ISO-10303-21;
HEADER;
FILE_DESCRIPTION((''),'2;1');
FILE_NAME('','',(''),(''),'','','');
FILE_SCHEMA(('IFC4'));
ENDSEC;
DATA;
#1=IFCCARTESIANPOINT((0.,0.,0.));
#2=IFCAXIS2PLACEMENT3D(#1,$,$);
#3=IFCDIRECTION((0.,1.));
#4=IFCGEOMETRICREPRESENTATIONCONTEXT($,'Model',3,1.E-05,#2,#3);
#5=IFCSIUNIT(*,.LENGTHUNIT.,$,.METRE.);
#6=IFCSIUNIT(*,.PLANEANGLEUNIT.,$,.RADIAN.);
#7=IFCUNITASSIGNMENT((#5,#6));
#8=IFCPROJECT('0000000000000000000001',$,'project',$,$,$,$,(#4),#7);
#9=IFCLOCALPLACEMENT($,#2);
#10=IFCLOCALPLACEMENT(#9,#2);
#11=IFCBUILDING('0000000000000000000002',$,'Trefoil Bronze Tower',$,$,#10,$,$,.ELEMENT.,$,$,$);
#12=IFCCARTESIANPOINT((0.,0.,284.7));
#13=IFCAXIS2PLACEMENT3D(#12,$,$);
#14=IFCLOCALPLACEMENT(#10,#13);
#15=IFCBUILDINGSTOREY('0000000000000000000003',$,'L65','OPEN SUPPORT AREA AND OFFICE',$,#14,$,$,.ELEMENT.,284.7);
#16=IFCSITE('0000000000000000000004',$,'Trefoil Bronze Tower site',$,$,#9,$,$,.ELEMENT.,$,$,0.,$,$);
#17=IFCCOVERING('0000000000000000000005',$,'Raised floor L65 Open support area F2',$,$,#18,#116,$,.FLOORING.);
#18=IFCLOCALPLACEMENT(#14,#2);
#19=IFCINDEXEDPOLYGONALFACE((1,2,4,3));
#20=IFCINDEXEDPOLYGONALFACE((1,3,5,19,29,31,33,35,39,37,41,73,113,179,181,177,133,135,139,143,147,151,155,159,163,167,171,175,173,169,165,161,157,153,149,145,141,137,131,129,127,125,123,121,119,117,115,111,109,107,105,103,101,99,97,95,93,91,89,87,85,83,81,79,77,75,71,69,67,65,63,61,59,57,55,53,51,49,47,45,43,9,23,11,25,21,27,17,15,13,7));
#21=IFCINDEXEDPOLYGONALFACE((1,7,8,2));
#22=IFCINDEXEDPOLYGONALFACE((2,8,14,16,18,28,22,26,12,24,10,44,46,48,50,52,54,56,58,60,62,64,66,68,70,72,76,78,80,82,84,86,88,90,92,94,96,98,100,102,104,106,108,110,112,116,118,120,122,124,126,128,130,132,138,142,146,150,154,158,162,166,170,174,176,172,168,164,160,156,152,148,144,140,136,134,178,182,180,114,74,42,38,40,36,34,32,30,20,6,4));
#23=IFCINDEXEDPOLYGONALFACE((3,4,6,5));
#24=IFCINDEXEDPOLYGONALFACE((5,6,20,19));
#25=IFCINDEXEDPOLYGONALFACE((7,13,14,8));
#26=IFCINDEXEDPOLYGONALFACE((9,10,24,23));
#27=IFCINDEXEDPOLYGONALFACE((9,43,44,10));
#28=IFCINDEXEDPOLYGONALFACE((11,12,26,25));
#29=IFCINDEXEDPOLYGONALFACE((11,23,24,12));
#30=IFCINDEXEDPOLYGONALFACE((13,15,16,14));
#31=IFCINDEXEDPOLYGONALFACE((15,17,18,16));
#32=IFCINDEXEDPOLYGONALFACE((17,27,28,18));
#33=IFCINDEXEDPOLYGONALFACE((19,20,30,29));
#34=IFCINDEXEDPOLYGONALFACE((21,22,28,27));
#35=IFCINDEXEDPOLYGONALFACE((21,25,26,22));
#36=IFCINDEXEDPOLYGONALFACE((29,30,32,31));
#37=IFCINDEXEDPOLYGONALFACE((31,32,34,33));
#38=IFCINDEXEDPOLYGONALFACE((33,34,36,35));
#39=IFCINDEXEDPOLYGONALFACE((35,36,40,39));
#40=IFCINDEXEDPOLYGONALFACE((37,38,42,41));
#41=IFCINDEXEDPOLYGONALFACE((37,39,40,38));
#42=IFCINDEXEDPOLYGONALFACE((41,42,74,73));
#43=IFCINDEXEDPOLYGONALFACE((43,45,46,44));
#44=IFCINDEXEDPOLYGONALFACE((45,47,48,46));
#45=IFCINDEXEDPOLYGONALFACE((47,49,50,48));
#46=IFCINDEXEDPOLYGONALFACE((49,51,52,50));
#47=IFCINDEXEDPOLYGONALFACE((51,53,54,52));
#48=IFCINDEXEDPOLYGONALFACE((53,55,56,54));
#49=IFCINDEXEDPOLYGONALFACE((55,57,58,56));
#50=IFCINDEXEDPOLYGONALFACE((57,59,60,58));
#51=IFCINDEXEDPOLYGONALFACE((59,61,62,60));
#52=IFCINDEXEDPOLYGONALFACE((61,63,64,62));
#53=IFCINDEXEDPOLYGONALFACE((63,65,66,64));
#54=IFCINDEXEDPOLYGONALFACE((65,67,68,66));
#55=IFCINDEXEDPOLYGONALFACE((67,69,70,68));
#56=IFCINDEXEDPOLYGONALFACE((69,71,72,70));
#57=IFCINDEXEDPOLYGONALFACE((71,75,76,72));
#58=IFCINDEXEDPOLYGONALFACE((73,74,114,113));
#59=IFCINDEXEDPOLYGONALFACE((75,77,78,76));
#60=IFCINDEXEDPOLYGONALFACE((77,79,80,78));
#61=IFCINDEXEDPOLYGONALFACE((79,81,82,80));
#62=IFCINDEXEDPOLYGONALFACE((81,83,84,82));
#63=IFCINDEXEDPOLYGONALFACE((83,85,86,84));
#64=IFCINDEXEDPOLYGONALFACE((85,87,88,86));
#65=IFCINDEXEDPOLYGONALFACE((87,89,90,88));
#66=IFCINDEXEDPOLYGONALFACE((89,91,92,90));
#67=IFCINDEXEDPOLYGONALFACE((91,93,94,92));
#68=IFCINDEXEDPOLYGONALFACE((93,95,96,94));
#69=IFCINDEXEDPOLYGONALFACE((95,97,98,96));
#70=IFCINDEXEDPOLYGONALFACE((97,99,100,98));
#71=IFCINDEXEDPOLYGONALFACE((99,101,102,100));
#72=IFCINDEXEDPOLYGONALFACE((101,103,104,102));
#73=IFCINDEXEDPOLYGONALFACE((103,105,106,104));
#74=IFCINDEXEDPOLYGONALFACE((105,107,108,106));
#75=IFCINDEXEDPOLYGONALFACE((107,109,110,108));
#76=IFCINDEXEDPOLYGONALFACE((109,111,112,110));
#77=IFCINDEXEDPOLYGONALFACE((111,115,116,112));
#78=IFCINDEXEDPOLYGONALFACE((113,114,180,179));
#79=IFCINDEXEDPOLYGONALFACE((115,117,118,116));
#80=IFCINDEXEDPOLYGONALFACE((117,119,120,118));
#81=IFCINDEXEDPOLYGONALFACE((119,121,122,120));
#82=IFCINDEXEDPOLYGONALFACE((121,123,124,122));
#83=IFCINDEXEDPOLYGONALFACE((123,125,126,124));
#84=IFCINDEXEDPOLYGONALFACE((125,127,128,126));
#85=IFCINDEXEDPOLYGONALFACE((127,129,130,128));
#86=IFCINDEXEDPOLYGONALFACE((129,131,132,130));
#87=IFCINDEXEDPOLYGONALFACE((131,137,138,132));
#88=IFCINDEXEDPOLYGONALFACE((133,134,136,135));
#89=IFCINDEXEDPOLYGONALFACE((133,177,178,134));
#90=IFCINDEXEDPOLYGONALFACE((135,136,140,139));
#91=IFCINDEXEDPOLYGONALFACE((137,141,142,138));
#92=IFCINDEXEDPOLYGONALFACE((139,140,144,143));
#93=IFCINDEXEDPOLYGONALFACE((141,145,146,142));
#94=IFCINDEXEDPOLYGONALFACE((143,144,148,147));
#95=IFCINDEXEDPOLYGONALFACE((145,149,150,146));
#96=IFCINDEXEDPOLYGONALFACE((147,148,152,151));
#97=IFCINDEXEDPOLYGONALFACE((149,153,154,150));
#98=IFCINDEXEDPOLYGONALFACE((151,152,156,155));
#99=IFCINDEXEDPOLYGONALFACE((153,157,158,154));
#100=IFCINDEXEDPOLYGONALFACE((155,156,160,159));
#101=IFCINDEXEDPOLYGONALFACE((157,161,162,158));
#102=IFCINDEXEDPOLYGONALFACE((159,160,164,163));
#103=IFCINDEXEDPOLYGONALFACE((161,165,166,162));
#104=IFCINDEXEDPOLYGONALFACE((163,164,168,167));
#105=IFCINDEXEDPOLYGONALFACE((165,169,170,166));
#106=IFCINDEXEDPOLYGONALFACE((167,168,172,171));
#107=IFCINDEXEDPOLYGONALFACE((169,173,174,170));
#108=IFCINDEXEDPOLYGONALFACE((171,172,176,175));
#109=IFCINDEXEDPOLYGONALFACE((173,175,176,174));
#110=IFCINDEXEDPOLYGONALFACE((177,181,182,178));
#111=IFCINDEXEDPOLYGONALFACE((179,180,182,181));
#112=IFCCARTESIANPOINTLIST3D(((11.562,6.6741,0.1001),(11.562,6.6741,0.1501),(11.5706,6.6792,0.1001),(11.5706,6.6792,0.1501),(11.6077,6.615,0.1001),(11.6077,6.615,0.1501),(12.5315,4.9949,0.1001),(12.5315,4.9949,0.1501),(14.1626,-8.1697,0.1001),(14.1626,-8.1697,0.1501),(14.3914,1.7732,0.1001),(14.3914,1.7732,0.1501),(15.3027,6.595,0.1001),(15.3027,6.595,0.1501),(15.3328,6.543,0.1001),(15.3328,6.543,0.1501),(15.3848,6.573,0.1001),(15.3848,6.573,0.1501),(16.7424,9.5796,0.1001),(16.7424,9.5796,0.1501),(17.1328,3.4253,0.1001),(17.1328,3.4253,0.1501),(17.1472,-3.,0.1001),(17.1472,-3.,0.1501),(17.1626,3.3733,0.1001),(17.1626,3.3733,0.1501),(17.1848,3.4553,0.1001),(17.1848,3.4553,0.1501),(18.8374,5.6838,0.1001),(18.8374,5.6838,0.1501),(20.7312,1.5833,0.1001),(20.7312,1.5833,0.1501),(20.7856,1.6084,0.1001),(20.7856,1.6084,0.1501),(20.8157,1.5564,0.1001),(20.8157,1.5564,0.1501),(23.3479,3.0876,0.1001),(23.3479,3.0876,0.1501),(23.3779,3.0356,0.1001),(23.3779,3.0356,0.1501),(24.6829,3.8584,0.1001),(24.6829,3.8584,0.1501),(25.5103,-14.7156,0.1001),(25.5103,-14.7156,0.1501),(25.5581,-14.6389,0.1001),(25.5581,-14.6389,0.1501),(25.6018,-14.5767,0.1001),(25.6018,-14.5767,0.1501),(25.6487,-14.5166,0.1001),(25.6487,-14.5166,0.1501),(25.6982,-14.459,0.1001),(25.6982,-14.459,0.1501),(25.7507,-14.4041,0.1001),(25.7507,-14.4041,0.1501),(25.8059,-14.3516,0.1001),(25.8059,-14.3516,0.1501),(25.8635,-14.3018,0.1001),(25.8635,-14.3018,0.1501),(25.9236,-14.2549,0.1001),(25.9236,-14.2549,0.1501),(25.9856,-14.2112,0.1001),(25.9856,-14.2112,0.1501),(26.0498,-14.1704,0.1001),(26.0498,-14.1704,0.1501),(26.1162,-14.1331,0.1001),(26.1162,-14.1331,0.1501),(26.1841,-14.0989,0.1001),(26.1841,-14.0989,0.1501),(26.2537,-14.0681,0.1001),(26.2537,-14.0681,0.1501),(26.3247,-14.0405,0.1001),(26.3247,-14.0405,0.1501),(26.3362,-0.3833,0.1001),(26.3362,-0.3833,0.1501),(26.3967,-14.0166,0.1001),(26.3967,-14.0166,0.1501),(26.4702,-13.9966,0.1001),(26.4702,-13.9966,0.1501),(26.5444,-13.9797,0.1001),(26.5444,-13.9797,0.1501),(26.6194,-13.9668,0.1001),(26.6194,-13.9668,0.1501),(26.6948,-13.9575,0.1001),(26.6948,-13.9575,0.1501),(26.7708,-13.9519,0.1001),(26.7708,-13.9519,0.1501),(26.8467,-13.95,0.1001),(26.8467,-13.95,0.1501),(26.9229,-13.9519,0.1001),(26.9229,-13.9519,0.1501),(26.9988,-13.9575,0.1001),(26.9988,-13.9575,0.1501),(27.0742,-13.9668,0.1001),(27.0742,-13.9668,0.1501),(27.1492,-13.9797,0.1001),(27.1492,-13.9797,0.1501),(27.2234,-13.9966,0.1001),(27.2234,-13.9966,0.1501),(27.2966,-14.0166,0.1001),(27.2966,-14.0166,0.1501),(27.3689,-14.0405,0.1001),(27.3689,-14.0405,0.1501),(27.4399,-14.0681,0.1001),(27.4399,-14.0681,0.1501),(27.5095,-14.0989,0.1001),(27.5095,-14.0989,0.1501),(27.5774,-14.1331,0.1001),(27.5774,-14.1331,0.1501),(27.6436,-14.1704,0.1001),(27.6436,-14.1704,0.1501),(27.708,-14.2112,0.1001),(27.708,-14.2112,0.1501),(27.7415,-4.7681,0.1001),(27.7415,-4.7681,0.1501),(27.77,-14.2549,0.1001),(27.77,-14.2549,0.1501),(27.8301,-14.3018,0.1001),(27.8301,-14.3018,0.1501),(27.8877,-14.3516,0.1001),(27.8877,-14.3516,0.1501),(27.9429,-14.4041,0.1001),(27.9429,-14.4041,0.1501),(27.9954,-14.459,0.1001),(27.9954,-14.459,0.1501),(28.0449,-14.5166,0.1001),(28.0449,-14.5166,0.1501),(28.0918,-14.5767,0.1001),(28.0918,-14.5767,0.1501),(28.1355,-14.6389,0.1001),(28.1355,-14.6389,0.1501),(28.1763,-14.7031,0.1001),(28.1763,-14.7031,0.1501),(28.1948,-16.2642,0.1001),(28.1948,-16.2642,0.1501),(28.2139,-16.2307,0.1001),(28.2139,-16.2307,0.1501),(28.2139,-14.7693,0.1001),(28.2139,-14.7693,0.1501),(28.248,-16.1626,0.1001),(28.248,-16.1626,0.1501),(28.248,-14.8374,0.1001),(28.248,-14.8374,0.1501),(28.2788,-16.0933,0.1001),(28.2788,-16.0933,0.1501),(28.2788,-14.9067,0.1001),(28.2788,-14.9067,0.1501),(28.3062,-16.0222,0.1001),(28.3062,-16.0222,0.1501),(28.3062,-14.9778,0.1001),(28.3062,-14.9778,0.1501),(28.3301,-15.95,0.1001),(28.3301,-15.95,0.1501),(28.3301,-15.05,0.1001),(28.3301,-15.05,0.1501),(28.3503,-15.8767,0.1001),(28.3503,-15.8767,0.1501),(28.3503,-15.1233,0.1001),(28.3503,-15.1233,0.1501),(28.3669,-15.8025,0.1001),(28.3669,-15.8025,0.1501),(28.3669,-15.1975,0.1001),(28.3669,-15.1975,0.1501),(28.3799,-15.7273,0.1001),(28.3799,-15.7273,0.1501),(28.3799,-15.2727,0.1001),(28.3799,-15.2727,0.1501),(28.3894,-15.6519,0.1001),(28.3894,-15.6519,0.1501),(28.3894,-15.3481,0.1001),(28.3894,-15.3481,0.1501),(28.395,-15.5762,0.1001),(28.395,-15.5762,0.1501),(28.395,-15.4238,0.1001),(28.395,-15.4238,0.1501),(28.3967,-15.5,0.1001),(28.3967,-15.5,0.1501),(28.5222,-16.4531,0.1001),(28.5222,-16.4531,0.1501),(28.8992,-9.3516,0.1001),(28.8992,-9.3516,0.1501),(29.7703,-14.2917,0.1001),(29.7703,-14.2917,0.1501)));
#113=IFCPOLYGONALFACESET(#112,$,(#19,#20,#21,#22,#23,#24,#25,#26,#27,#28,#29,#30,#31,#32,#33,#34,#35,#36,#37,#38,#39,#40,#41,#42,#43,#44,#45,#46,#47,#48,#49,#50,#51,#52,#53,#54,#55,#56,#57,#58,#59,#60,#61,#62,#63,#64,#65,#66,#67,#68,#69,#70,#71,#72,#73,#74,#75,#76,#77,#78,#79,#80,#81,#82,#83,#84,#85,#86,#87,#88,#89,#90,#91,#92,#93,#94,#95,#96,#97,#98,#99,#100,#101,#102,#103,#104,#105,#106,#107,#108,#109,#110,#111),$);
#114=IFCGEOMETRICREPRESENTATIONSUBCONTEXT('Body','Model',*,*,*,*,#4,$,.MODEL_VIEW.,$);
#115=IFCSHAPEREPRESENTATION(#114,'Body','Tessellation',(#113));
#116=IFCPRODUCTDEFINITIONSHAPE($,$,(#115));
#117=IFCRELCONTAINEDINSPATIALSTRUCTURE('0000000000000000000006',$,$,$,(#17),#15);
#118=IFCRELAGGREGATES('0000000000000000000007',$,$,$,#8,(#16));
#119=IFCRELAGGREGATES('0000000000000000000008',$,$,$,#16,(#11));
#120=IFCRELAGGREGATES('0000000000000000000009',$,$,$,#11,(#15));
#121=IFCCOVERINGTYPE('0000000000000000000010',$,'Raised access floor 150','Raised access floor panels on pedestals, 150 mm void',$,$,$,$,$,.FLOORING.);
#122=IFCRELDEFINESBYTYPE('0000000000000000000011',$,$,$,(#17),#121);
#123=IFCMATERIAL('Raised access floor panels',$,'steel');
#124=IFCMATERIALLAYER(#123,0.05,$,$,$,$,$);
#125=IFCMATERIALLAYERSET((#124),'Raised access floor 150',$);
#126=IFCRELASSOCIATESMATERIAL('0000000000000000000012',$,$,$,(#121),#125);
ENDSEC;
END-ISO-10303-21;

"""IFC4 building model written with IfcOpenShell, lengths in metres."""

from ifc_helpers import new_model, si_unit, direction, frame, origin, place, context, subcontext, project, spatial, polyline, outline, extrude, material, layer, layer_set, type_object, element, save


model = new_model("IFC4")

# Units and contexts
model_context = context("Model", 3, precision=1e-05, world=origin(), true_north=direction((0.0, 1.0)))
body_context = subcontext(model_context, "Body", "Model", "MODEL_VIEW")
ifc_project = project(units=[si_unit("LENGTHUNIT", "METRE"), si_unit("PLANEANGLEUNIT", "RADIAN")], contexts=[model_context])

# Site, building, storey
site_placement = place(None, origin())
site = spatial("IfcSite", under=ifc_project, at=site_placement, Name="Trefoil Bronze Tower site", CompositionType="ELEMENT", RefElevation=0.0)
building_placement = place(site_placement, origin())
building = spatial("IfcBuilding", under=site, at=building_placement, Name="Trefoil Bronze Tower", CompositionType="ELEMENT")
storey_placement = place(building_placement, frame((0.0, 0.0, 284.7)))
storey = spatial("IfcBuildingStorey", under=building, at=storey_placement, Name="L65", Description="OPEN SUPPORT AREA AND OFFICE", CompositionType="ELEMENT", Elevation=284.7)

# Covering
ifc_material_1 = material(Name="Raised access floor panels", Category="steel")
ifc_layer_1 = layer(ifc_material_1, 0.05)
ifc_layer_set_1 = layer_set([ifc_layer_1], Name="Raised access floor 150")
covering_type_1 = type_object("IfcCoveringType", Name="Raised access floor 150", Description="Raised access floor panels on pedestals, 150 mm void", PredefinedType="FLOORING", material=ifc_layer_set_1)
covering_1_placement = place(storey_placement, frame((0.0, 0.0, 0.1001)))
element("IfcCovering", 1, at=covering_1_placement, inside=storey, type_object=covering_type_1, Name="Raised floor L65 Open support area F2", PredefinedType="FLOORING", context=body_context, shape_type="SweptSolid", body=[
    extrude(outline(polyline([(14.3914, 1.7732), (17.1626, 3.3733), (17.1328, 3.4253), (17.1848, 3.4553), (15.3848, 6.573), (15.3328, 6.543), (15.3027, 6.595), (12.5315, 4.9949), (11.562, 6.6741), (11.5706, 6.6792), (11.6077, 6.615), (16.7424, 9.5796), (18.8374, 5.6838), (20.7312, 1.5833), (20.7856, 1.6084), (20.8157, 1.5564), (23.3779, 3.0356), (23.3479, 3.0876), (24.6829, 3.8584), (26.3362, -0.3833), (27.7415, -4.7681), (28.8992, -9.3516), (29.7703, -14.2917), (28.5222, -16.4531), (28.1948, -16.2642), (28.2139, -16.2307), (28.248, -16.1626), (28.2788, -16.0933), (28.3062, -16.0222), (28.3301, -15.95), (28.3503, -15.8767), (28.3669, -15.8025), (28.3799, -15.7273), (28.3894, -15.6519), (28.395, -15.5762), (28.3967, -15.5), (28.395, -15.4238), (28.3894, -15.3481), (28.3799, -15.2727), (28.3669, -15.1975), (28.3503, -15.1233), (28.3301, -15.05), (28.3062, -14.9778), (28.2788, -14.9067), (28.248, -14.8374), (28.2139, -14.7693), (28.1763, -14.7031), (28.1355, -14.6389), (28.0918, -14.5767), (28.0449, -14.5166), (27.9954, -14.459), (27.9429, -14.4041), (27.8877, -14.3516), (27.8301, -14.3018), (27.77, -14.2549), (27.708, -14.2112), (27.6436, -14.1704), (27.5774, -14.1331), (27.5095, -14.0989), (27.4399, -14.0681), (27.3689, -14.0405), (27.2966, -14.0166), (27.2234, -13.9966), (27.1492, -13.9797), (27.0742, -13.9668), (26.9988, -13.9575), (26.9229, -13.9519), (26.8467, -13.95), (26.7708, -13.9519), (26.6948, -13.9575), (26.6194, -13.9668), (26.5444, -13.9797), (26.4702, -13.9966), (26.3967, -14.0166), (26.3247, -14.0405), (26.2537, -14.0681), (26.1841, -14.0989), (26.1162, -14.1331), (26.0498, -14.1704), (25.9856, -14.2112), (25.9236, -14.2549), (25.8635, -14.3018), (25.8059, -14.3516), (25.7507, -14.4041), (25.6982, -14.459), (25.6487, -14.5166), (25.6018, -14.5767), (25.5581, -14.6389), (25.5103, -14.7156), (14.1626, -8.1697), (17.1472, -3.0), (14.3914, 1.7732)])), origin(), (0.0, 0.0, 1.0), 0.05),
])

save(model, "model.ifc")
